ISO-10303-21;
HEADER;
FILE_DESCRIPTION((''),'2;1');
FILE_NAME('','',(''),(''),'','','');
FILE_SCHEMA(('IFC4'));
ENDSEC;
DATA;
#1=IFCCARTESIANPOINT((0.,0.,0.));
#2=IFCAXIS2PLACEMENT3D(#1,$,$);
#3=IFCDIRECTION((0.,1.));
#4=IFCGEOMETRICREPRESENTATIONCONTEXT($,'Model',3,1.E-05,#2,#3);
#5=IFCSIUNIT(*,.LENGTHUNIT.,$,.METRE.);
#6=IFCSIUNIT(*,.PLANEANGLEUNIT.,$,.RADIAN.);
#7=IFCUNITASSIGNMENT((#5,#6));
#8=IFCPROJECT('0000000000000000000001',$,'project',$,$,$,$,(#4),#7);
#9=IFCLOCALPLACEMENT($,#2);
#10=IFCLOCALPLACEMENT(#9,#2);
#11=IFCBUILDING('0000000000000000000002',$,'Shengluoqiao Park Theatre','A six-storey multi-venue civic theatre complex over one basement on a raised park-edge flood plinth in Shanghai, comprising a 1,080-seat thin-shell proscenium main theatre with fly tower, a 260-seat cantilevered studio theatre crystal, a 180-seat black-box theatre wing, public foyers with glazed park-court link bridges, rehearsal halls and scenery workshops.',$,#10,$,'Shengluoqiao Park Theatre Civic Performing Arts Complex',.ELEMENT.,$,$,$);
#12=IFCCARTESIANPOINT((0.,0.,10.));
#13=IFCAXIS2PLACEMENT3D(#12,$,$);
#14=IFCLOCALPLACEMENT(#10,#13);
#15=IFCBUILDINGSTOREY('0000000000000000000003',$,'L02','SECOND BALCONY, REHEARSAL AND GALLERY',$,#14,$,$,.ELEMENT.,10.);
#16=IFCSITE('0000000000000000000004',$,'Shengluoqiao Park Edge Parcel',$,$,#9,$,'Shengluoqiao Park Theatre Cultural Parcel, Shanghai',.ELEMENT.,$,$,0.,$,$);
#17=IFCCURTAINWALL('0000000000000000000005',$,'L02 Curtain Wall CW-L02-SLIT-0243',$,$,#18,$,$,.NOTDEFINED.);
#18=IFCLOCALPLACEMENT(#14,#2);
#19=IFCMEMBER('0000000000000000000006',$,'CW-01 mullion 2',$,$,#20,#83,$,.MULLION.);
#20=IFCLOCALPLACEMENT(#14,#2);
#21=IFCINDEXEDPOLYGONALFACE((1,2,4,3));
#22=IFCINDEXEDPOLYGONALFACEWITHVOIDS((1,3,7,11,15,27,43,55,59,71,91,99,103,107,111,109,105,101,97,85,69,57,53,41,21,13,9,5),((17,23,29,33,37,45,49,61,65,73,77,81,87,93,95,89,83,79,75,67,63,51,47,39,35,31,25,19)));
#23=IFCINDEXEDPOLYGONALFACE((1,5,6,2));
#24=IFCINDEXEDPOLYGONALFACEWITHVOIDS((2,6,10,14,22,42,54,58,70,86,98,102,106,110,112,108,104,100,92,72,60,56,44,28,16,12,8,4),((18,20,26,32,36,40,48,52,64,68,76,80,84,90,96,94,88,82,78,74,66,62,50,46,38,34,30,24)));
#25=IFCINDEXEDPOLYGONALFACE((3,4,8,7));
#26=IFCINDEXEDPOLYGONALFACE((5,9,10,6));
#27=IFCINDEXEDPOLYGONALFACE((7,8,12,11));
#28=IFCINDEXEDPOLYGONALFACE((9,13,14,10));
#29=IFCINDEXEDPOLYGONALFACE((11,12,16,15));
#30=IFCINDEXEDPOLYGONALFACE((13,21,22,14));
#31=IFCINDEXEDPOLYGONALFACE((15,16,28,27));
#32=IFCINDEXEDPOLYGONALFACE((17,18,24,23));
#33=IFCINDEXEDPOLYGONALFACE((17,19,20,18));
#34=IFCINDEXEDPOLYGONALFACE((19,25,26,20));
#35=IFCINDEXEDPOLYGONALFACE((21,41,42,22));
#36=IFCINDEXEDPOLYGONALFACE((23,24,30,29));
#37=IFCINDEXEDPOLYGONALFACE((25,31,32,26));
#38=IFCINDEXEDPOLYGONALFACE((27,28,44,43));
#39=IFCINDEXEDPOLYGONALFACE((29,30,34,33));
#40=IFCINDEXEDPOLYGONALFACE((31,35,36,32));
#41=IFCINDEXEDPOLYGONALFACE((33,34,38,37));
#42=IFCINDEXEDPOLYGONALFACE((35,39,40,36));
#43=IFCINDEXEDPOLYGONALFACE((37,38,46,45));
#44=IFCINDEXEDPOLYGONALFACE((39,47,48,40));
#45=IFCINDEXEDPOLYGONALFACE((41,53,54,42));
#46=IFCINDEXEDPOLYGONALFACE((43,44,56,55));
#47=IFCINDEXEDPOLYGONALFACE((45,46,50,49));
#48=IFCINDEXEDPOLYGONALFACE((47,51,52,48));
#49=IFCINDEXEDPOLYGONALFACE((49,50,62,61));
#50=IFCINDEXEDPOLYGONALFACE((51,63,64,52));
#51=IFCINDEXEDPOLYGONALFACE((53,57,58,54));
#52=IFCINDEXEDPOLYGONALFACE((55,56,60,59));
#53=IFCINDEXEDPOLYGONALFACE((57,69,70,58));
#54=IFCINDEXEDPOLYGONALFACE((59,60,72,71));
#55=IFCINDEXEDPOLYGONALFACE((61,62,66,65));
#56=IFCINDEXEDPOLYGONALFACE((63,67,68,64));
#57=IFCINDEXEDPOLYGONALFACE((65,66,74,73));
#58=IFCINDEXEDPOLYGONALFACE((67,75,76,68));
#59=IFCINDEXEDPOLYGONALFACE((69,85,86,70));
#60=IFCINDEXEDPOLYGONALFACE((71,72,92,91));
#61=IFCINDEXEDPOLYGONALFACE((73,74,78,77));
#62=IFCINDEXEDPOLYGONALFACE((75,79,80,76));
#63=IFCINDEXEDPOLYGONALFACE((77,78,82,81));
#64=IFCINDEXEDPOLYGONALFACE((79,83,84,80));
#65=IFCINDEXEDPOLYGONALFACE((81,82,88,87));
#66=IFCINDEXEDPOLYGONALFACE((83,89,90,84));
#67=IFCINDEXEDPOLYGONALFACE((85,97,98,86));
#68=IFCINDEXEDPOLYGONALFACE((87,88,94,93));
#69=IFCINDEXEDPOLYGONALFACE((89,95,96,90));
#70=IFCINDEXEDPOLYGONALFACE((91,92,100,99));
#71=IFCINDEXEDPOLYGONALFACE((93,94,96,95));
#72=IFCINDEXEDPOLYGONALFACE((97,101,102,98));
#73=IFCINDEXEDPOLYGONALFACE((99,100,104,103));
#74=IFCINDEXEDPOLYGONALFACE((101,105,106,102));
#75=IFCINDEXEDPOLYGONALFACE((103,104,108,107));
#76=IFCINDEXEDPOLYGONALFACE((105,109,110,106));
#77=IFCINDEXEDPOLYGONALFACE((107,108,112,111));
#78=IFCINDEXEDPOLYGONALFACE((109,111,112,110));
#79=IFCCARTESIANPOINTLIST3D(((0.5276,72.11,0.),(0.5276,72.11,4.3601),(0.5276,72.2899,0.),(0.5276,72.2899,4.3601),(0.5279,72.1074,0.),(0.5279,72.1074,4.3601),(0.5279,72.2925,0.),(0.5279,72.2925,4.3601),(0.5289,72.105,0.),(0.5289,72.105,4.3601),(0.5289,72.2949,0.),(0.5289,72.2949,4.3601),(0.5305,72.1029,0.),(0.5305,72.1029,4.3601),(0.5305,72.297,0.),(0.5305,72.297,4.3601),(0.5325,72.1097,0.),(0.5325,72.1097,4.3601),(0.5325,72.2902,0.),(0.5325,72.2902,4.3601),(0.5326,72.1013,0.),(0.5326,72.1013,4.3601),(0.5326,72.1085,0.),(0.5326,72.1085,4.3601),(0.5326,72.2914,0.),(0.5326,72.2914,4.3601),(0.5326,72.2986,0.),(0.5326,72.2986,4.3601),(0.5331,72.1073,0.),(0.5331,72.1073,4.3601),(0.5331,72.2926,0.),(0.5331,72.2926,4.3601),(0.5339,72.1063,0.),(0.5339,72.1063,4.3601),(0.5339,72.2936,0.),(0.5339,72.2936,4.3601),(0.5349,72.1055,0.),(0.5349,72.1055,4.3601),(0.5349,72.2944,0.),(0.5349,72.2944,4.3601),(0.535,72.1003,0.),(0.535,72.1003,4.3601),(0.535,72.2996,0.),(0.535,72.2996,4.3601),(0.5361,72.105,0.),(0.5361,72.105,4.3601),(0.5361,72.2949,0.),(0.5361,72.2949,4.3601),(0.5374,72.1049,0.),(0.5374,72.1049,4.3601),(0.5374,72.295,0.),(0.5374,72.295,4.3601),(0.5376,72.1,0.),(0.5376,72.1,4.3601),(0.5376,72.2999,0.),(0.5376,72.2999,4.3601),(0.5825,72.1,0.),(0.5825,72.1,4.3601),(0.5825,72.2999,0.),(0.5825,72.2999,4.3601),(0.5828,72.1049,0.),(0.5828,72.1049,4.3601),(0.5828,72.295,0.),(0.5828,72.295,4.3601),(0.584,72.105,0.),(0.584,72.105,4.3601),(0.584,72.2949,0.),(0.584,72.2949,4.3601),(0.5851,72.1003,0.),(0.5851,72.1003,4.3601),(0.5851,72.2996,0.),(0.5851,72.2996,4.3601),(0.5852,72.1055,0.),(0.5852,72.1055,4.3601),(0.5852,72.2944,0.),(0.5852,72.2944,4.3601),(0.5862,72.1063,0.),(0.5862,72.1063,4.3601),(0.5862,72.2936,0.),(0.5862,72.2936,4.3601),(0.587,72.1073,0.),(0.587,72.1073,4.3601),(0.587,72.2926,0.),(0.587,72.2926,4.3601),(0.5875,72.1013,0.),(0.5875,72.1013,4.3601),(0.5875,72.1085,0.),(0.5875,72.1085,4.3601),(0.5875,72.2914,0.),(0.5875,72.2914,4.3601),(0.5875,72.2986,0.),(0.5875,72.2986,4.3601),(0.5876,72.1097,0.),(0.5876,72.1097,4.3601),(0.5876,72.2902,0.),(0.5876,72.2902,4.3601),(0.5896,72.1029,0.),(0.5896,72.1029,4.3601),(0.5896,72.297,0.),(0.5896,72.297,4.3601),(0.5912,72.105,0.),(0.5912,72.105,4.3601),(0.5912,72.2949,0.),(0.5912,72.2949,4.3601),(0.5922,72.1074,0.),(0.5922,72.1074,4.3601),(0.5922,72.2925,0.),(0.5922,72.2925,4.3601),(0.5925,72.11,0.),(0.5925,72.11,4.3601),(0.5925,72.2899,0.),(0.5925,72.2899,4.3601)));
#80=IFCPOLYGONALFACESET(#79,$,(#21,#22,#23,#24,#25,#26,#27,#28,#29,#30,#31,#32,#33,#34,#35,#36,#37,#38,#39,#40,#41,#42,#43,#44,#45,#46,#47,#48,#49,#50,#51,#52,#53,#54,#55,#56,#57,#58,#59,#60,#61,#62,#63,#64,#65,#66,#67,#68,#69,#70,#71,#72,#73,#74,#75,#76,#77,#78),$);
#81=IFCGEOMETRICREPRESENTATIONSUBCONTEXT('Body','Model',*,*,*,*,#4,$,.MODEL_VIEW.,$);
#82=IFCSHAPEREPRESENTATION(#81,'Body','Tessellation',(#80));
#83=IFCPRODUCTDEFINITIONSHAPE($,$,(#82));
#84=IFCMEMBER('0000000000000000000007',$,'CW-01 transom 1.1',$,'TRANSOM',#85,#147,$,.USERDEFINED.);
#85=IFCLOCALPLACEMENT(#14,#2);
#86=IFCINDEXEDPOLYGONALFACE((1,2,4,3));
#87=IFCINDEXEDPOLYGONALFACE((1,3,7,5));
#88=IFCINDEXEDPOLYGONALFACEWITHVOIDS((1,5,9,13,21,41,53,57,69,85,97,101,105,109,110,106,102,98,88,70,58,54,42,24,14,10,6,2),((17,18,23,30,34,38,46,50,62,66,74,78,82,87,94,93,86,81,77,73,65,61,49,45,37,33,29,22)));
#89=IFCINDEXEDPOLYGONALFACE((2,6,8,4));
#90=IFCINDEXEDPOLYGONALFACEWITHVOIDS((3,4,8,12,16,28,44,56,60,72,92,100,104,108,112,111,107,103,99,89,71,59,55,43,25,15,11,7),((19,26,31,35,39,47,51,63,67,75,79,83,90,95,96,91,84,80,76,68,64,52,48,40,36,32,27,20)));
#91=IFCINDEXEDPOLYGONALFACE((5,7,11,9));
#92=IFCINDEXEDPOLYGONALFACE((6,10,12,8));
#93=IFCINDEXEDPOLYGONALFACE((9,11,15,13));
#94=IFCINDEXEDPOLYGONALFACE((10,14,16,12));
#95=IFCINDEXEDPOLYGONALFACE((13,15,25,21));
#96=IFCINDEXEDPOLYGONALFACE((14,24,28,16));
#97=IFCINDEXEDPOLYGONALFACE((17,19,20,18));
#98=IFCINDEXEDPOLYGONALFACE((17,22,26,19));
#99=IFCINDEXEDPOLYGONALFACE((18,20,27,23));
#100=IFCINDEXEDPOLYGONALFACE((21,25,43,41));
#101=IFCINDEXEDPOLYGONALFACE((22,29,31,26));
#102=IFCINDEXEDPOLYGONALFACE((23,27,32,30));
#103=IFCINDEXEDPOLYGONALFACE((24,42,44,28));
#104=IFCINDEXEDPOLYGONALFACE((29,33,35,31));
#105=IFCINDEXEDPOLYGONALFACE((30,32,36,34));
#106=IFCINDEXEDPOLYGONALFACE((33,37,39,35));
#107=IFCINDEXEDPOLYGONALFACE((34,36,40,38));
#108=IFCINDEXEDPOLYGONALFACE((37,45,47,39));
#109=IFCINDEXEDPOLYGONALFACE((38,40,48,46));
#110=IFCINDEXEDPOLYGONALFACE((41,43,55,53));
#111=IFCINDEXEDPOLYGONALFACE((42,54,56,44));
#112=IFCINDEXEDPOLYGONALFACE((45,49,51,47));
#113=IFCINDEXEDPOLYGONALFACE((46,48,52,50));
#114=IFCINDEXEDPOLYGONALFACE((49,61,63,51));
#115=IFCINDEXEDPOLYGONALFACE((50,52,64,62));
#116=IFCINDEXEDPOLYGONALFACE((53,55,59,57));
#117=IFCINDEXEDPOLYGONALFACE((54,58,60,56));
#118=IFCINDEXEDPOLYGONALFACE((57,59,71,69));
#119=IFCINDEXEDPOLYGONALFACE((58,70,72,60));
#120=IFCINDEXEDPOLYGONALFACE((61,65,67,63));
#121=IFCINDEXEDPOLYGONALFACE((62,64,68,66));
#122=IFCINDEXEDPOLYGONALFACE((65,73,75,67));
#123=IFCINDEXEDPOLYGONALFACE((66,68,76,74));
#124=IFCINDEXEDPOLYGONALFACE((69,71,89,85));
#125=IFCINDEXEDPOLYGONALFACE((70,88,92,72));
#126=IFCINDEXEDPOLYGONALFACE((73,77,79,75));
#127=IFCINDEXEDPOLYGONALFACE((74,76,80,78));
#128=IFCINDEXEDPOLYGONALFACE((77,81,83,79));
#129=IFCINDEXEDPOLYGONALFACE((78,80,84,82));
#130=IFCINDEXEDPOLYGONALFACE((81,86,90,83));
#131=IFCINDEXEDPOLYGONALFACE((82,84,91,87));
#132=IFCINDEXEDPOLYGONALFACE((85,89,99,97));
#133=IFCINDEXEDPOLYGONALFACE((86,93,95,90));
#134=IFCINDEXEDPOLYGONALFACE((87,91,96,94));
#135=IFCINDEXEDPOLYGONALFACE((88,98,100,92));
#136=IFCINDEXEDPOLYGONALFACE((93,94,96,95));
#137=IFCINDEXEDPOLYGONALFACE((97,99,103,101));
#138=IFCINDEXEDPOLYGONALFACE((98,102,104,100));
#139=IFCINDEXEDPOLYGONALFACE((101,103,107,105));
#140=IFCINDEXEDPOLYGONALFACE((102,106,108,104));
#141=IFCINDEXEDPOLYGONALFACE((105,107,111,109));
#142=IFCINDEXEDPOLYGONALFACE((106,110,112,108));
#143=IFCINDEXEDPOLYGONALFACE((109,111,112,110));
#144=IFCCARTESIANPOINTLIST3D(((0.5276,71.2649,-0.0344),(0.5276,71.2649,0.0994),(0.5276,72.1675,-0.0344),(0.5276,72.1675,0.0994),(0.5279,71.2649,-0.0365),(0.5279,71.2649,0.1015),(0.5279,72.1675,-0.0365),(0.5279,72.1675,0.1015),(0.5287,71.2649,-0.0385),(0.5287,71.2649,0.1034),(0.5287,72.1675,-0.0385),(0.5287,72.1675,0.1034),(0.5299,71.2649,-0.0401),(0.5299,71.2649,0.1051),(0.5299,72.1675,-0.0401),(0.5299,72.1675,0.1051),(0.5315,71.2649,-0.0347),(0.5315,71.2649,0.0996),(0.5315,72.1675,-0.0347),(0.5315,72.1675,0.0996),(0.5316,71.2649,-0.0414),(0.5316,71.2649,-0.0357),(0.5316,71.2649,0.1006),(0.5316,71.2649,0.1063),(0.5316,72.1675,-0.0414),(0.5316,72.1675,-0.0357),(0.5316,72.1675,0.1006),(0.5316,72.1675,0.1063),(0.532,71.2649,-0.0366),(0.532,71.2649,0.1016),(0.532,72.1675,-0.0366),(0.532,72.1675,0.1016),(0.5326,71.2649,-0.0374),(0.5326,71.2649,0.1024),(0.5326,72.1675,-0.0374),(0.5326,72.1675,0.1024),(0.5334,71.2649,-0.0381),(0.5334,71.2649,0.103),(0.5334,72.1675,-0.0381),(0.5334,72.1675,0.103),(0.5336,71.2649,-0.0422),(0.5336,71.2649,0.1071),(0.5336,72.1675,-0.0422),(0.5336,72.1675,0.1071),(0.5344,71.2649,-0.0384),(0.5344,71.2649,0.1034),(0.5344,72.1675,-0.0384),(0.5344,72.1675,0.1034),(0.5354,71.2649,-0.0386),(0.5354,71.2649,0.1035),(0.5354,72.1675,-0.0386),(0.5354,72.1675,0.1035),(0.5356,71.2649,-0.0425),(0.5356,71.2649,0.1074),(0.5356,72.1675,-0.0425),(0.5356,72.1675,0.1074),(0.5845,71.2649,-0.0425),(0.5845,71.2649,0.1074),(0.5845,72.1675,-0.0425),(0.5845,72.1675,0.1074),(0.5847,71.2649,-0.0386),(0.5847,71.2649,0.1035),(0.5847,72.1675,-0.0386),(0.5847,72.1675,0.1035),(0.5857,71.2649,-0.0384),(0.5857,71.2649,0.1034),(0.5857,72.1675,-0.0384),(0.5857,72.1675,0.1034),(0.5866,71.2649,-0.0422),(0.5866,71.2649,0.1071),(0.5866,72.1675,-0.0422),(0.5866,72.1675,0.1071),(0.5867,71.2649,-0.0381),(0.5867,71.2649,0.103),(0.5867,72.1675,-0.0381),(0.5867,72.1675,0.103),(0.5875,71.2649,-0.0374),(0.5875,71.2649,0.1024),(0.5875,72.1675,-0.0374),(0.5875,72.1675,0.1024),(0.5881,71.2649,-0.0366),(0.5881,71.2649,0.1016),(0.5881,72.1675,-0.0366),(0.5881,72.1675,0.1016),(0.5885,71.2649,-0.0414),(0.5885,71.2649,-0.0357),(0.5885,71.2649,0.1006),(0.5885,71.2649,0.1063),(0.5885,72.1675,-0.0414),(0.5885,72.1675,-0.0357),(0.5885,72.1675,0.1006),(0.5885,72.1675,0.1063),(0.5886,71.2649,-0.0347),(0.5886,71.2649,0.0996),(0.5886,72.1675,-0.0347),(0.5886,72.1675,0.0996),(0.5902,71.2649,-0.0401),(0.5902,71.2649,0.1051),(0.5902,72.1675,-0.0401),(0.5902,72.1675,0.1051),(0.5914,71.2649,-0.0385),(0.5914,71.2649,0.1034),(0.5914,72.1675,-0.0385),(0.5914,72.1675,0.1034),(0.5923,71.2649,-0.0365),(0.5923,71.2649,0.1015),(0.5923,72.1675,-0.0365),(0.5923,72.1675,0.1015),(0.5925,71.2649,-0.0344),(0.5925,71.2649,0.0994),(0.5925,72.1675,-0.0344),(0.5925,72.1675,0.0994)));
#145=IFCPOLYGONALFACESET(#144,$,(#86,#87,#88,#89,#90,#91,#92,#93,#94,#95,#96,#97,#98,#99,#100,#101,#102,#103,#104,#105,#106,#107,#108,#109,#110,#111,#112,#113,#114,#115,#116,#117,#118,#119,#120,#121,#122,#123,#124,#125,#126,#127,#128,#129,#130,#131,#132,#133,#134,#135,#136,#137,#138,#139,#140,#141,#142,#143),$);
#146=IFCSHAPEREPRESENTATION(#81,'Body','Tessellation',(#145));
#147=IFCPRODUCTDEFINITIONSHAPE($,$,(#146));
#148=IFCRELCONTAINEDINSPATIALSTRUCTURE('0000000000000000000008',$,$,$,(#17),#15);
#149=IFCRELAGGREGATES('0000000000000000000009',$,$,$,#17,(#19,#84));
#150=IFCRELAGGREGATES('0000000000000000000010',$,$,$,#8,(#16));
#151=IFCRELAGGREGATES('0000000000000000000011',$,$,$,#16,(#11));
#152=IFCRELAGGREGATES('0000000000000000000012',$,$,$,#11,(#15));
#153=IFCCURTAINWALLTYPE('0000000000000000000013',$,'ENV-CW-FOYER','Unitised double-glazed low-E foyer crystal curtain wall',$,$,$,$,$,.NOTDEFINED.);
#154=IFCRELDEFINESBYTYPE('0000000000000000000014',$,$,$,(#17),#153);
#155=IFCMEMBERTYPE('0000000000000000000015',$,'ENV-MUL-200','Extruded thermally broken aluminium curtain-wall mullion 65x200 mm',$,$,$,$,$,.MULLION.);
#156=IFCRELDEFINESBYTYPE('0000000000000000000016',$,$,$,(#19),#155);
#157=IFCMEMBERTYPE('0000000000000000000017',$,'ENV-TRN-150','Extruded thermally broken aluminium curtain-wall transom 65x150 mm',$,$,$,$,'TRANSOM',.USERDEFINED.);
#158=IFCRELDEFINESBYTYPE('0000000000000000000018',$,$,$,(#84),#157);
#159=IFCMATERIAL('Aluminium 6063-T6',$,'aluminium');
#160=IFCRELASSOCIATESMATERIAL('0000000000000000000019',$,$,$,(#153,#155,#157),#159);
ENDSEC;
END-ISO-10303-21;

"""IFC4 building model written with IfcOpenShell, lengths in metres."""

from ifc_helpers import new_model, si_unit, direction, frame, origin, origin_2d, place, context, subcontext, project, spatial, hollow_rectangle, extrude, material, material_profile, profile_set, type_object, element, aggregate, save


model = new_model("IFC4")

# Units and contexts
model_context = context("Model", 3, precision=1e-05, world=origin(), true_north=direction((0.0, 1.0)))
body_context = subcontext(model_context, "Body", "Model", "MODEL_VIEW")
ifc_project = project(units=[si_unit("LENGTHUNIT", "METRE"), si_unit("PLANEANGLEUNIT", "RADIAN")], contexts=[model_context])

# Site, building, storey
site_placement = place(None, origin())
site = spatial("IfcSite", under=ifc_project, at=site_placement, Name="Shengluoqiao Park Edge Parcel", LongName="Shengluoqiao Park Theatre Cultural Parcel, Shanghai", CompositionType="ELEMENT", RefElevation=0.0)
building_placement = place(site_placement, origin())
building = spatial("IfcBuilding", under=site, at=building_placement, Name="Shengluoqiao Park Theatre", Description="A six-storey multi-venue civic theatre complex over one basement on a raised park-edge flood plinth in Shanghai, comprising a 1,080-seat thin-shell proscenium main theatre with fly tower, a 260-seat cantilevered studio theatre crystal, a 180-seat black-box theatre wing, public foyers with glazed park-court link bridges, rehearsal halls and scenery workshops.", LongName="Shengluoqiao Park Theatre Civic Performing Arts Complex", CompositionType="ELEMENT")
storey_placement = place(building_placement, frame((0.0, 0.0, 10.0)))
storey = spatial("IfcBuildingStorey", under=building, at=storey_placement, Name="L02", Description="SECOND BALCONY, REHEARSAL AND GALLERY", CompositionType="ELEMENT", Elevation=10.0)

# Shared definitions
ifc_material_1 = material(Name="Aluminium 6063-T6", Category="aluminium")
curtain_wall_type = type_object("IfcCurtainWallType", Name="ENV-CW-FOYER", Description="Unitised double-glazed low-E foyer crystal curtain wall", PredefinedType="NOTDEFINED", material=ifc_material_1)
ifc_material_profile_1 = material_profile(ifc_material_1, hollow_rectangle(XDim=0.0649, YDim=0.2, WallThickness=0.0049, InnerFilletRadius=0.0049, OuterFilletRadius=0.01, at=origin_2d()), Name="ALU MULLION 200x65x5")
ifc_profile_set_1 = profile_set([ifc_material_profile_1], Name="Aluminium 6063-T6")
member_type_1 = type_object("IfcMemberType", Name="ENV-MUL-200", Description="Extruded thermally broken aluminium curtain-wall mullion 65x200 mm", PredefinedType="MULLION", material=ifc_profile_set_1)

# Curtain wall, members
curtain_wall_1_placement = place(storey_placement, origin())
curtain_wall_1 = element("IfcCurtainWall", 1, at=curtain_wall_1_placement, inside=storey, type_object=curtain_wall_type, Name="L02 Curtain Wall CW-L02-SLIT-0243", PredefinedType="NOTDEFINED")
member_1_placement = place(storey_placement, frame((0.5601, 72.2, 0.0), z_axis=(0.0, 0.0, 1.0), x_axis=(-1.0, 0.0, 0.0)))
member_1 = element("IfcMember", 2, at=member_1_placement, type_object=member_type_1, Name="CW-01 mullion 2", PredefinedType="MULLION", context=body_context, shape_type="SweptSolid", body=[
    extrude(hollow_rectangle(XDim=0.0649, YDim=0.2, WallThickness=0.0049, InnerFilletRadius=0.0049, OuterFilletRadius=0.01, at=origin_2d()), origin(), (0.0, 0.0, 1.0), 4.3601),
])
ifc_material_profile_2 = material_profile(ifc_material_1, hollow_rectangle(XDim=0.0649, YDim=0.1499, WallThickness=0.0039, InnerFilletRadius=0.0039, OuterFilletRadius=0.0081, at=origin_2d()), Name="ALU TRANSOM 150x65x4")
ifc_profile_set_2 = profile_set([ifc_material_profile_2], Name="Aluminium 6063-T6")
member_type_2 = type_object("IfcMemberType", Name="ENV-TRN-150", Description="Extruded thermally broken aluminium curtain-wall transom 65x150 mm", ElementType="TRANSOM", PredefinedType="USERDEFINED", material=ifc_profile_set_2)
member_2_placement = place(storey_placement, frame((0.5601, 71.2649, 0.0325), z_axis=(0.0, 1.0, 0.0), x_axis=(-1.0, 0.0, 0.0)))
member_2 = element("IfcMember", 3, at=member_2_placement, type_object=member_type_2, Name="CW-01 transom 1.1", ObjectType="TRANSOM", PredefinedType="USERDEFINED", context=body_context, shape_type="SweptSolid", body=[
    extrude(hollow_rectangle(XDim=0.0649, YDim=0.1499, WallThickness=0.0039, InnerFilletRadius=0.0039, OuterFilletRadius=0.0081, at=origin_2d()), origin(), (0.0, 0.0, 1.0), 0.9026),
])

aggregate(curtain_wall_1, [member_1, member_2])

save(model, "model.ifc")
